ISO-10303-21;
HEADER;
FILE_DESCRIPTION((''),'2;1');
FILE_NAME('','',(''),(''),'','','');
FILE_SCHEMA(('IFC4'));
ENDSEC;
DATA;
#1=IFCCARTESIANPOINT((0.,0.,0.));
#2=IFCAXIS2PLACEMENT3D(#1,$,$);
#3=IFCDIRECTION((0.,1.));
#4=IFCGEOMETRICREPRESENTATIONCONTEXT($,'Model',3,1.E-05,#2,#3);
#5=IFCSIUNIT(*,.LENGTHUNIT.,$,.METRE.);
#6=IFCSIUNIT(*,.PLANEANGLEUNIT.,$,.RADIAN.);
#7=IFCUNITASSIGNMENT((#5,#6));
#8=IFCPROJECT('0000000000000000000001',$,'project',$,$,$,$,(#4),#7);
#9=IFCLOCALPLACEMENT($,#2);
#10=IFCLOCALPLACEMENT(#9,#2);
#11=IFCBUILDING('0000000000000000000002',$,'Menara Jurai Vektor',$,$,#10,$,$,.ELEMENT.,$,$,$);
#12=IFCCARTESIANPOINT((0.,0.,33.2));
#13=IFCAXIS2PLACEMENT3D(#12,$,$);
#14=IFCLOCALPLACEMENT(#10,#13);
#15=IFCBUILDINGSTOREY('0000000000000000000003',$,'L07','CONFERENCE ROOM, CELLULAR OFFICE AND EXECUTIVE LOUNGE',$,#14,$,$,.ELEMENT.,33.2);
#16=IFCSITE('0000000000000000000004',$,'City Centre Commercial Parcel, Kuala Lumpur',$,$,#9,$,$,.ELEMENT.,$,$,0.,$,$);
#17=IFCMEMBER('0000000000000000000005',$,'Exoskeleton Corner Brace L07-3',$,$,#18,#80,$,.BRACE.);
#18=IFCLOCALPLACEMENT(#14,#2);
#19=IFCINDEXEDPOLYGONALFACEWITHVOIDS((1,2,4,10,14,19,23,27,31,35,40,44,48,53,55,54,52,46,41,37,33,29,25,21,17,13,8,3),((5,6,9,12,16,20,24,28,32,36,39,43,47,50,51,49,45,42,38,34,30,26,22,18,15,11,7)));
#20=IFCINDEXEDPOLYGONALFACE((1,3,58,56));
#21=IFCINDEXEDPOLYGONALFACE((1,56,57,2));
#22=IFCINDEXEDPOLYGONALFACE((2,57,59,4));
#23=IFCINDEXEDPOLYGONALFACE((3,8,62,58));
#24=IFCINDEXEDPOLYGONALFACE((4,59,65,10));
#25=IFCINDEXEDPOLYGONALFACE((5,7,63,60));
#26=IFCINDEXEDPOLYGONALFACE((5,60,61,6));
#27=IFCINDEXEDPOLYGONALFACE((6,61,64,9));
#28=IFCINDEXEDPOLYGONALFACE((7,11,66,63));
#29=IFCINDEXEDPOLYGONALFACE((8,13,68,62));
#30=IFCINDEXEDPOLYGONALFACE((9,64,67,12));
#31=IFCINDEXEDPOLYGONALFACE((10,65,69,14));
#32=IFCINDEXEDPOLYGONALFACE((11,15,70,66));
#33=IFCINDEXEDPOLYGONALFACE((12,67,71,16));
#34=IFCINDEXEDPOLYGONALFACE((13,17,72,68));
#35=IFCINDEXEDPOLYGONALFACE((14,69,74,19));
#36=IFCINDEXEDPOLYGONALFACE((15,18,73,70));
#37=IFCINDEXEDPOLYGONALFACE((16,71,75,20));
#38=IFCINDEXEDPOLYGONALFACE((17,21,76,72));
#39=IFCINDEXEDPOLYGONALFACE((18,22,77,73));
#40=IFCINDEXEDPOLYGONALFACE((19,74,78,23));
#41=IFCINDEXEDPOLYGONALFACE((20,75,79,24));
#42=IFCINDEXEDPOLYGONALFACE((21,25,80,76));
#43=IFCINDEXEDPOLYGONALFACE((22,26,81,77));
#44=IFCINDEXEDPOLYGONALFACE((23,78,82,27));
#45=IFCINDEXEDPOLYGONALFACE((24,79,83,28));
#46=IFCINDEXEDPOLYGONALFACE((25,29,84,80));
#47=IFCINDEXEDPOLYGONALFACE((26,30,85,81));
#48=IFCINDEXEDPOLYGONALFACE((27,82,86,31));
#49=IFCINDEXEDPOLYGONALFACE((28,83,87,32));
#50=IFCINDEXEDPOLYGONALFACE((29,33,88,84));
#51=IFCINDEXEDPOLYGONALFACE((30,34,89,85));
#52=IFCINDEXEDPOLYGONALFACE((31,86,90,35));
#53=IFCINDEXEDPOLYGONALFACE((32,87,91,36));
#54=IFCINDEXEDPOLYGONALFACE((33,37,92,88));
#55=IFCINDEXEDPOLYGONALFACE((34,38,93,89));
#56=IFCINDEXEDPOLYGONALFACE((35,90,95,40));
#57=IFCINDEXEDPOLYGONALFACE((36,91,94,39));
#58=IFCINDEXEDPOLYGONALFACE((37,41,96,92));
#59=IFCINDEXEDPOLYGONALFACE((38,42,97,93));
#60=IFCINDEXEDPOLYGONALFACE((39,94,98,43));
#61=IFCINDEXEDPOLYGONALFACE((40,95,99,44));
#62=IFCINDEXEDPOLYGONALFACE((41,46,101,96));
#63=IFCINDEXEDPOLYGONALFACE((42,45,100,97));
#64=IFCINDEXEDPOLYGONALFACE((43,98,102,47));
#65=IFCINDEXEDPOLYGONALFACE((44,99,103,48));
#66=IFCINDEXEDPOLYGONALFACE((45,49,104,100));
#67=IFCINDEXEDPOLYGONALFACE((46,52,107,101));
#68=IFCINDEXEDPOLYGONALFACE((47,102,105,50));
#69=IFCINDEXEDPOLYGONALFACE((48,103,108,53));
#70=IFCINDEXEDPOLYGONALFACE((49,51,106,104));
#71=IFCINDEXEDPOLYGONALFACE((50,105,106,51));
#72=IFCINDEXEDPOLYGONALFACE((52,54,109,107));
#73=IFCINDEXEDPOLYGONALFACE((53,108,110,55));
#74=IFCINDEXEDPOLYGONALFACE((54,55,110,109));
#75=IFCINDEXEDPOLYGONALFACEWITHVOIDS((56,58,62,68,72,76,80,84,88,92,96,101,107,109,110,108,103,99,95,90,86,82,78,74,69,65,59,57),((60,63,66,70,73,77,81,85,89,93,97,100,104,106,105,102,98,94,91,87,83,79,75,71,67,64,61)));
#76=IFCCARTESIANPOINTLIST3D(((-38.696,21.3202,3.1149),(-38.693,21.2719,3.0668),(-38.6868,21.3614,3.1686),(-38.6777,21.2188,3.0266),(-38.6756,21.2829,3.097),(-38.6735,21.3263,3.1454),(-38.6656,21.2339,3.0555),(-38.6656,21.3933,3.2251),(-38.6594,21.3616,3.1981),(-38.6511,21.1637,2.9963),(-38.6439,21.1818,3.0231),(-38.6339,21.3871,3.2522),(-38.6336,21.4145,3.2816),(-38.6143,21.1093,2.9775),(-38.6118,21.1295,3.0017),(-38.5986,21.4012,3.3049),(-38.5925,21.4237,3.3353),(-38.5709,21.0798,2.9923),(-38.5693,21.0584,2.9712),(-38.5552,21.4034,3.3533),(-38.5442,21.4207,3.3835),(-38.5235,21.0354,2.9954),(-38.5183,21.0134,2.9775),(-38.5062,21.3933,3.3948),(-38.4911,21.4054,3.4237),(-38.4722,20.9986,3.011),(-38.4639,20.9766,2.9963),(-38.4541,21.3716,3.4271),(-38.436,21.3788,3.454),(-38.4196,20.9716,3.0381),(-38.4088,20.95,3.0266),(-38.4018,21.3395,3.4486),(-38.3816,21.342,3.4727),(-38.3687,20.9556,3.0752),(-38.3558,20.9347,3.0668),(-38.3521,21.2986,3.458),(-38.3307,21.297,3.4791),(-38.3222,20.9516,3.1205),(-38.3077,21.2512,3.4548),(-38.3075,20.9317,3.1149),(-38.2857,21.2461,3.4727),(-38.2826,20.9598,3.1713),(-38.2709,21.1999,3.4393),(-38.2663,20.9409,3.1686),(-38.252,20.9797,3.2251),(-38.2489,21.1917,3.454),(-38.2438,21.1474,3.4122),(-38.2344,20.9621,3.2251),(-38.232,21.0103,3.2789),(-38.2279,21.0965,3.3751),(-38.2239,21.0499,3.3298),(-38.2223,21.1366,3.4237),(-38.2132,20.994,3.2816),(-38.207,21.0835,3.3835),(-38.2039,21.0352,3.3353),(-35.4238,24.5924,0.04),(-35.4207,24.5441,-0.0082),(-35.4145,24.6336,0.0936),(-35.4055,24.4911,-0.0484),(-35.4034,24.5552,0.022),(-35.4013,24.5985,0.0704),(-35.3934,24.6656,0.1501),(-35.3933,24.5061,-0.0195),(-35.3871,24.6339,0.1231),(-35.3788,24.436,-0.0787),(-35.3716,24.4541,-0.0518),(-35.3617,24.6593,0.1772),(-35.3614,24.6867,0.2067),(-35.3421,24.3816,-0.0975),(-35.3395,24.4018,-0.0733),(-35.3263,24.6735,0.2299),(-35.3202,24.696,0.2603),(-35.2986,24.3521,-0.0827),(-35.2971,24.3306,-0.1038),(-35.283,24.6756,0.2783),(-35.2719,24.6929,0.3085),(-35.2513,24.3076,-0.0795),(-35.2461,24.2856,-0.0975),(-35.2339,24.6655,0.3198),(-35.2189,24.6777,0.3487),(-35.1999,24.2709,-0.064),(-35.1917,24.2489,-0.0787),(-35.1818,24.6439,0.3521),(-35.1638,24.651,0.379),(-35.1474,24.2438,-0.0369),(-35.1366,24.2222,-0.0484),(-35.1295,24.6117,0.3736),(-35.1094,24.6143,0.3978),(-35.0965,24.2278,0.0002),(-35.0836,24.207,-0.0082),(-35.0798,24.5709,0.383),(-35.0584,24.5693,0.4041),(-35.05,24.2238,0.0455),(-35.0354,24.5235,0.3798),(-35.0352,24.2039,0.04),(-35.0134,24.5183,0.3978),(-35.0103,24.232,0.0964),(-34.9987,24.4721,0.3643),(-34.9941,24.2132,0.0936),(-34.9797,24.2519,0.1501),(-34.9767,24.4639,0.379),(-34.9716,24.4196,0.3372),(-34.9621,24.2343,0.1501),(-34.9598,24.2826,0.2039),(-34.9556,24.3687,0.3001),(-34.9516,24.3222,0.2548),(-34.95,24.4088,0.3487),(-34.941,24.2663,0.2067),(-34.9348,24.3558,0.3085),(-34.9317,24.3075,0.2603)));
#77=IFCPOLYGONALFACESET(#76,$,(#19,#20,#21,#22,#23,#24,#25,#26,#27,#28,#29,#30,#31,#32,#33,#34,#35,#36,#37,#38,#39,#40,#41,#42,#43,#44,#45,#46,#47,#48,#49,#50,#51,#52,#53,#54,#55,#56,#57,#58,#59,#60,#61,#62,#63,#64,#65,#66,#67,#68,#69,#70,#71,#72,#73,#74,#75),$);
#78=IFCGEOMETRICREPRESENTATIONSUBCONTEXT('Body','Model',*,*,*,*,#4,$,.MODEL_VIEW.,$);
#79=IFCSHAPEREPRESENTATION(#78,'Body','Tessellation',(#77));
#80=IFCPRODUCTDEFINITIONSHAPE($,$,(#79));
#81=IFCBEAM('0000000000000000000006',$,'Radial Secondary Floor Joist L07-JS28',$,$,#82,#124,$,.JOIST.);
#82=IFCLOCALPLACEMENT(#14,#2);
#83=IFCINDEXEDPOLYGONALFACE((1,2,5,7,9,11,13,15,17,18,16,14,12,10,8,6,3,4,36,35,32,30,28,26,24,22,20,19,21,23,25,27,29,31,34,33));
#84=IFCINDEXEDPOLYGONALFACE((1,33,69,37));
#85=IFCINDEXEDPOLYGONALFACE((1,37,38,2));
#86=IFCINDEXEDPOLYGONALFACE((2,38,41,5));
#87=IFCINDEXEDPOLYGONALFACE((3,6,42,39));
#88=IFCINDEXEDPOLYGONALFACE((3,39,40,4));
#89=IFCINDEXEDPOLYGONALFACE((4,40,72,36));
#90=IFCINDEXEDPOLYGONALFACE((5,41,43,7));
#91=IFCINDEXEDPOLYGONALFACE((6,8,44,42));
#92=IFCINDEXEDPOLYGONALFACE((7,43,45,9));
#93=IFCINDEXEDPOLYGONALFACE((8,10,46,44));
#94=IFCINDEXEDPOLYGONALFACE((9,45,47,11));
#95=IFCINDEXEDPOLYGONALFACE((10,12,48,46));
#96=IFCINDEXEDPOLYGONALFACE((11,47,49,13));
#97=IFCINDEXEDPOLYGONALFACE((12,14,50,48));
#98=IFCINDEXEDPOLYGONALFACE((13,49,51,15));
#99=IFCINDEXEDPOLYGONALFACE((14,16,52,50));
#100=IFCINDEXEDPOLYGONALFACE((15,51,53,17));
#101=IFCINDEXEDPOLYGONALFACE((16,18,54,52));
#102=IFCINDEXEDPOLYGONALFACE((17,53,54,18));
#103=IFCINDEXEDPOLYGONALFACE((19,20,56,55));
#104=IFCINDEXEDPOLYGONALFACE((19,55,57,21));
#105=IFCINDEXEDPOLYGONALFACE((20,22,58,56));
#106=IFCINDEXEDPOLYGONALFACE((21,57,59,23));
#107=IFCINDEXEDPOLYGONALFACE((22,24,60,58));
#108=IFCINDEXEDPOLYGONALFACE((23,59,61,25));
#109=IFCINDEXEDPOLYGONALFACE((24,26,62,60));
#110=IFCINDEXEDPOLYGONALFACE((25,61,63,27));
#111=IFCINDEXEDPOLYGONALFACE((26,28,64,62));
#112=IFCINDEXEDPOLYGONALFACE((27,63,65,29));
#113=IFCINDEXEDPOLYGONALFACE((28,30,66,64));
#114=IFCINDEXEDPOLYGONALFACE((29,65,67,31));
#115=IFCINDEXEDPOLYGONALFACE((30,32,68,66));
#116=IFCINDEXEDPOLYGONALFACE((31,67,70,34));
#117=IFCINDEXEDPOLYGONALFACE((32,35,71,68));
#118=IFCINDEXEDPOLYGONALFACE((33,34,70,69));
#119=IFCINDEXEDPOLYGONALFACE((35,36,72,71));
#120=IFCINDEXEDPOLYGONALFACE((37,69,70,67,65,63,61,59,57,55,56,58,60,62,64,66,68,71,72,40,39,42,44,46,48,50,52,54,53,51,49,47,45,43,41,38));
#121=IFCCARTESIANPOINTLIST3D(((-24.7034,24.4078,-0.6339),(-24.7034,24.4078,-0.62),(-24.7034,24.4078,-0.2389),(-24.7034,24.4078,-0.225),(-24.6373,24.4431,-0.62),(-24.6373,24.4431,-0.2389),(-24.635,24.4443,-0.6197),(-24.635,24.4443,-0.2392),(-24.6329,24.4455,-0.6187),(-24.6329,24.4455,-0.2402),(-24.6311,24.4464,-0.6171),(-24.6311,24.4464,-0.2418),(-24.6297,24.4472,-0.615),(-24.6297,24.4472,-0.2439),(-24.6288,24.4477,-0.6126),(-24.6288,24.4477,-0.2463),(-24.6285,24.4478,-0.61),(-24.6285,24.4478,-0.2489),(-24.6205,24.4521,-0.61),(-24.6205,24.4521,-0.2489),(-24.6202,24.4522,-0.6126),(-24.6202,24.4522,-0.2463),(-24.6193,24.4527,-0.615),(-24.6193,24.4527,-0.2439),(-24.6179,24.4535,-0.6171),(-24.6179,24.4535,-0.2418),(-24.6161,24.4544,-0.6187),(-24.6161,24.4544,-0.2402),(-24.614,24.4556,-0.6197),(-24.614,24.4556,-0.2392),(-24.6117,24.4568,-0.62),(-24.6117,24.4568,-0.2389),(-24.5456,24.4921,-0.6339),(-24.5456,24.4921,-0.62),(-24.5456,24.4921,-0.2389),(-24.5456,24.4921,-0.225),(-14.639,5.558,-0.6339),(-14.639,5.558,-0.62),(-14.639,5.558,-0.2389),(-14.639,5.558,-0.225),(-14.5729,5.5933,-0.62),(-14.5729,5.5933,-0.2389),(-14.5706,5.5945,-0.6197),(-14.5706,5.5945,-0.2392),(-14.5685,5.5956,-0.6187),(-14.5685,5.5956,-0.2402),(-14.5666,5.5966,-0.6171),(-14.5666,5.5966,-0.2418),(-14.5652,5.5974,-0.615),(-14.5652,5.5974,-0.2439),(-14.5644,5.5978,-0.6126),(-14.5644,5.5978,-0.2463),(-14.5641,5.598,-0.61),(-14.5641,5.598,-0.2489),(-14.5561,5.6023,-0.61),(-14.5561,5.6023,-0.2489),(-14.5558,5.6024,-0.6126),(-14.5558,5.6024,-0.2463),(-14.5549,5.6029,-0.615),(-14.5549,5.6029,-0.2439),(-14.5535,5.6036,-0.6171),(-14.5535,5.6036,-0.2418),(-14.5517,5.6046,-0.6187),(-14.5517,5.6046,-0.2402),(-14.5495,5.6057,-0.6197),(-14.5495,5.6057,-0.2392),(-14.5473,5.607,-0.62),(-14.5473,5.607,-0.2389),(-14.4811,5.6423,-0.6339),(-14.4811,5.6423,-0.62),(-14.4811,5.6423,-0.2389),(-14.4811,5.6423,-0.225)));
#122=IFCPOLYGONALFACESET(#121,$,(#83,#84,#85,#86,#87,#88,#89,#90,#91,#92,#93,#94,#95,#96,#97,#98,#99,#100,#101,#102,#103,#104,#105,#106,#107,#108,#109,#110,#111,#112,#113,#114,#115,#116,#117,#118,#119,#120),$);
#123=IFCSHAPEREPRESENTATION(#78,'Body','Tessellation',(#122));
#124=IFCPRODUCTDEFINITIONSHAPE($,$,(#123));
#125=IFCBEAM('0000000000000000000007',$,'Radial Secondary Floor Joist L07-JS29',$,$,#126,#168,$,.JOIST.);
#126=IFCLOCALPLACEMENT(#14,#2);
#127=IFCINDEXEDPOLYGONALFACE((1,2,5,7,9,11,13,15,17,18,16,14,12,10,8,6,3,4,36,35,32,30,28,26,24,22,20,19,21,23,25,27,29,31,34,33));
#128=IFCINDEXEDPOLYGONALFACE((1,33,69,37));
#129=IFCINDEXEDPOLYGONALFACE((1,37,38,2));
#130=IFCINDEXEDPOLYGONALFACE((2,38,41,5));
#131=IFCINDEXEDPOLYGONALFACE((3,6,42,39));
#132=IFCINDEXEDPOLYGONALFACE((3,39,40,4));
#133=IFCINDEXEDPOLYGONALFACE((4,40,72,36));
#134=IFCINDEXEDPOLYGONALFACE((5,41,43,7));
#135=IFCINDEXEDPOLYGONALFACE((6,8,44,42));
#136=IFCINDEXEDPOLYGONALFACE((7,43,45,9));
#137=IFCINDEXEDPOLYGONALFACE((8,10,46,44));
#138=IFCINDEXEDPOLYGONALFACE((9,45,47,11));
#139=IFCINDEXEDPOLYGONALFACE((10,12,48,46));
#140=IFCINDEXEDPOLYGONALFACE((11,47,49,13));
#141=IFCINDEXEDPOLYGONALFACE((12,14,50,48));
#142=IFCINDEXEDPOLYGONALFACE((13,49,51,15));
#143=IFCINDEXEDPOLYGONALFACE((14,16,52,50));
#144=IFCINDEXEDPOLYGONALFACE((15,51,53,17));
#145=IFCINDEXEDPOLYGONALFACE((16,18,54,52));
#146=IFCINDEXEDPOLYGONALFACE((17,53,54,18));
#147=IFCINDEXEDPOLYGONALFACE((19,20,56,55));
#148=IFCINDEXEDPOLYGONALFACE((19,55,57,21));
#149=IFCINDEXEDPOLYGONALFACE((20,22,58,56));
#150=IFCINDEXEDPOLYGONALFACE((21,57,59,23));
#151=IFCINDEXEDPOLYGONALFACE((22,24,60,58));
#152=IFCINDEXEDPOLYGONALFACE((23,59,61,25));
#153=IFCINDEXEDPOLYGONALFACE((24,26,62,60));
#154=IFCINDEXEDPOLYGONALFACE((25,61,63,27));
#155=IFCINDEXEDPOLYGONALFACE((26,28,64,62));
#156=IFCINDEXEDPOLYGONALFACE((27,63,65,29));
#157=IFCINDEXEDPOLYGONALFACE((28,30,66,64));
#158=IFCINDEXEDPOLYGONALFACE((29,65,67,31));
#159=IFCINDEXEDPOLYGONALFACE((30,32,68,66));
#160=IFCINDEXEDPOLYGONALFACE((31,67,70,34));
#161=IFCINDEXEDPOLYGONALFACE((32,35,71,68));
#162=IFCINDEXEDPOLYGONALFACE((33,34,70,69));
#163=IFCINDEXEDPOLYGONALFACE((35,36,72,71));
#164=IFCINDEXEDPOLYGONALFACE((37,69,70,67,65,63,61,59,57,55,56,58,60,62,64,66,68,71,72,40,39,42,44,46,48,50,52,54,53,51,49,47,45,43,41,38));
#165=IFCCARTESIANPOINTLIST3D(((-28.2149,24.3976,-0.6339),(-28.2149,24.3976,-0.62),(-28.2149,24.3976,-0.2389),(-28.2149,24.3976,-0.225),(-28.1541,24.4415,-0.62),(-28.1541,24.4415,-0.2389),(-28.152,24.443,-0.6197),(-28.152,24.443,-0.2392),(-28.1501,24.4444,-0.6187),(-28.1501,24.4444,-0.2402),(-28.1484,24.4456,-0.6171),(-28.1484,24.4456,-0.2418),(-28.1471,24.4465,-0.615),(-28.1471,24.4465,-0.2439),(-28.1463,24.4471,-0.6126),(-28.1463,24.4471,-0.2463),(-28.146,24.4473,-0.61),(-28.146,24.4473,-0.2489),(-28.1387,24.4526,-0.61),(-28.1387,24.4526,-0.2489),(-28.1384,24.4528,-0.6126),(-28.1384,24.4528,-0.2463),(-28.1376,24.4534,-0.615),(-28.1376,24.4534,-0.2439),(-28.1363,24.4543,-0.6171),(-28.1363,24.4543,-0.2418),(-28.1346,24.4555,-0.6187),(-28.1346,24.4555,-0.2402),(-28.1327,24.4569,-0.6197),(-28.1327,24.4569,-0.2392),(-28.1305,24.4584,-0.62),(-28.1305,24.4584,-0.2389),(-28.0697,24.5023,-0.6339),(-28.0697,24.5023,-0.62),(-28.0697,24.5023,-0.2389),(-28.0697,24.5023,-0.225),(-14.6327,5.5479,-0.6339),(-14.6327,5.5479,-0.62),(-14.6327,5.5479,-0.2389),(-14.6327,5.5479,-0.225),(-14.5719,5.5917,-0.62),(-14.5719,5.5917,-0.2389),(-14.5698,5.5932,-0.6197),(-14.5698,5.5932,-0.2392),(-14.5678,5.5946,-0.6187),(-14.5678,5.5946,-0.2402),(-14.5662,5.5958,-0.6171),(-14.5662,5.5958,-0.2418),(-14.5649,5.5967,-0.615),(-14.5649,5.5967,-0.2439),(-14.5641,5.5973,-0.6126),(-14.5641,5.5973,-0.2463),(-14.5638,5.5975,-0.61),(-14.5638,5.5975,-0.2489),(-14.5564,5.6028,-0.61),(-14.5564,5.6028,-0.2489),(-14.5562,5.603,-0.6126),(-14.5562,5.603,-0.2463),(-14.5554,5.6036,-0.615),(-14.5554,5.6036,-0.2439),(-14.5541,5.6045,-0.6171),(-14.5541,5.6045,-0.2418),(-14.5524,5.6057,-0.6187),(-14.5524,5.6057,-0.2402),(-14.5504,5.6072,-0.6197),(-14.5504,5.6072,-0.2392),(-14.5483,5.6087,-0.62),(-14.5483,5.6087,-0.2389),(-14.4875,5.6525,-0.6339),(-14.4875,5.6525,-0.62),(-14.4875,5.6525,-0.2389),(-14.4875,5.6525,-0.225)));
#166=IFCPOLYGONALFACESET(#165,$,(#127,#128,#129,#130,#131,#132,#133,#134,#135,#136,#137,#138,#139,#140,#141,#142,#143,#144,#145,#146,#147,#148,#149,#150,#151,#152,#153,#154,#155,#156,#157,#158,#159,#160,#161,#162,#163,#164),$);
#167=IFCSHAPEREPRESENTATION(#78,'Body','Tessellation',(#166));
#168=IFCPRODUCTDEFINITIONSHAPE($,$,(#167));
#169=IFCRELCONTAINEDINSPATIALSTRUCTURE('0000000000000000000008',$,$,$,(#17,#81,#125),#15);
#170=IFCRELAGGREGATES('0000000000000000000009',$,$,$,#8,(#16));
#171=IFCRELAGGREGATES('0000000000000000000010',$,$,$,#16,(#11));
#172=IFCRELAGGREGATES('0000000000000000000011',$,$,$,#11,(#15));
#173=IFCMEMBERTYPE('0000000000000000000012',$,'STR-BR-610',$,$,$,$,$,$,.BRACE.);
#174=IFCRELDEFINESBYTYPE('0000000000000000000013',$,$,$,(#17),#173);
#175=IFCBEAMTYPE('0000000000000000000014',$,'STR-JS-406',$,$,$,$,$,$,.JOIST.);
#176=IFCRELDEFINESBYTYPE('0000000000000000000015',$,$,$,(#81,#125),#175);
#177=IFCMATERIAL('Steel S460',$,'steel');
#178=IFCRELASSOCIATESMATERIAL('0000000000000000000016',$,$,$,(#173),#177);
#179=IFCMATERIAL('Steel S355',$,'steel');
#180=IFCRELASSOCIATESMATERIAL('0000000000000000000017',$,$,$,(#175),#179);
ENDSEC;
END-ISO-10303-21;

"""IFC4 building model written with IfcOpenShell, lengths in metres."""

from ifc_helpers import new_model, si_unit, direction, frame, origin, origin_2d, place, context, subcontext, project, spatial, hollow_circle, i_section, extrude, material, material_profile, profile_set, type_object, element, save


model = new_model("IFC4")

# Units and contexts
model_context = context("Model", 3, precision=1e-05, world=origin(), true_north=direction((0.0, 1.0)))
body_context = subcontext(model_context, "Body", "Model", "MODEL_VIEW")
ifc_project = project(units=[si_unit("LENGTHUNIT", "METRE"), si_unit("PLANEANGLEUNIT", "RADIAN")], contexts=[model_context])

# Site, building, storey
site_placement = place(None, origin())
site = spatial("IfcSite", under=ifc_project, at=site_placement, Name="City Centre Commercial Parcel, Kuala Lumpur", CompositionType="ELEMENT", RefElevation=0.0)
building_placement = place(site_placement, origin())
building = spatial("IfcBuilding", under=site, at=building_placement, Name="Menara Jurai Vektor", CompositionType="ELEMENT")
storey_placement = place(building_placement, frame((0.0, 0.0, 33.2)))
storey = spatial("IfcBuildingStorey", under=building, at=storey_placement, Name="L07", Description="CONFERENCE ROOM, CELLULAR OFFICE AND EXECUTIVE LOUNGE", CompositionType="ELEMENT", Elevation=33.2)

# Shared definitions
ifc_material_1 = material(Name="Steel S460", Category="steel")

# Shared definitions
ifc_material_2 = material(Name="Steel S355", Category="steel")

# Member
ifc_material_profile_1 = material_profile(ifc_material_1, hollow_circle(Radius=0.3049, WallThickness=0.0249, at=origin_2d()), Name="CHS 610x25")
ifc_profile_set_1 = profile_set([ifc_material_profile_1], Name="Steel S460")
member_type_1 = type_object("IfcMemberType", Name="STR-BR-610", PredefinedType="BRACE", material=ifc_profile_set_1)
member_1_placement = place(storey_placement, frame((-35.1777, 24.45, 0.1501), z_axis=(-0.588942, -0.588942, 0.553438), x_axis=(0.707107, -0.707107, 0.0)))
element("IfcMember", 1, at=member_1_placement, inside=storey, type_object=member_type_1, Name="Exoskeleton Corner Brace L07-3", PredefinedType="BRACE", context=body_context, shape_type="SweptSolid", body=[
    extrude(hollow_circle(Radius=0.3049, WallThickness=0.0249, at=origin_2d()), origin(), (0.0, 0.0, 1.0), 5.5562),
])

# Beams
ifc_material_profile_2 = material_profile(ifc_material_2, i_section(OverallWidth=0.179, OverallDepth=0.4089, WebThickness=0.009, FlangeThickness=0.0139, FilletRadius=0.01, at=origin_2d()), Name="UKB 406x178x67")
ifc_profile_set_2 = profile_set([ifc_material_profile_2], Name="Steel S355")
beam_type_1 = type_object("IfcBeamType", Name="STR-JS-406", PredefinedType="JOIST", material=ifc_profile_set_2)
beam_1_placement = place(storey_placement, frame((-24.6245, 24.45, -0.4294), z_axis=(0.470996, -0.882135, 0.0), x_axis=(0.882135, 0.470996, 0.0)))
element("IfcBeam", 2, at=beam_1_placement, inside=storey, type_object=beam_type_1, Name="Radial Secondary Floor Joist L07-JS28", PredefinedType="JOIST", context=body_context, shape_type="SweptSolid", body=[
    extrude(i_section(OverallWidth=0.179, OverallDepth=0.4089, WebThickness=0.009, FlangeThickness=0.0139, FilletRadius=0.01, at=origin_2d()), origin(), (0.0, 0.0, 1.0), 21.3684),
])
beam_2_placement = place(storey_placement, frame((-28.1423, 24.45, -0.4294), z_axis=(0.584599, -0.811322, 0.0), x_axis=(0.811322, 0.584599, 0.0)))
element("IfcBeam", 3, at=beam_2_placement, inside=storey, type_object=beam_type_1, Name="Radial Secondary Floor Joist L07-JS29", PredefinedType="JOIST", context=body_context, shape_type="SweptSolid", body=[
    extrude(i_section(OverallWidth=0.179, OverallDepth=0.4089, WebThickness=0.009, FlangeThickness=0.0139, FilletRadius=0.01, at=origin_2d()), origin(), (0.0, 0.0, 1.0), 23.2334),
])

save(model, "model.ifc")
